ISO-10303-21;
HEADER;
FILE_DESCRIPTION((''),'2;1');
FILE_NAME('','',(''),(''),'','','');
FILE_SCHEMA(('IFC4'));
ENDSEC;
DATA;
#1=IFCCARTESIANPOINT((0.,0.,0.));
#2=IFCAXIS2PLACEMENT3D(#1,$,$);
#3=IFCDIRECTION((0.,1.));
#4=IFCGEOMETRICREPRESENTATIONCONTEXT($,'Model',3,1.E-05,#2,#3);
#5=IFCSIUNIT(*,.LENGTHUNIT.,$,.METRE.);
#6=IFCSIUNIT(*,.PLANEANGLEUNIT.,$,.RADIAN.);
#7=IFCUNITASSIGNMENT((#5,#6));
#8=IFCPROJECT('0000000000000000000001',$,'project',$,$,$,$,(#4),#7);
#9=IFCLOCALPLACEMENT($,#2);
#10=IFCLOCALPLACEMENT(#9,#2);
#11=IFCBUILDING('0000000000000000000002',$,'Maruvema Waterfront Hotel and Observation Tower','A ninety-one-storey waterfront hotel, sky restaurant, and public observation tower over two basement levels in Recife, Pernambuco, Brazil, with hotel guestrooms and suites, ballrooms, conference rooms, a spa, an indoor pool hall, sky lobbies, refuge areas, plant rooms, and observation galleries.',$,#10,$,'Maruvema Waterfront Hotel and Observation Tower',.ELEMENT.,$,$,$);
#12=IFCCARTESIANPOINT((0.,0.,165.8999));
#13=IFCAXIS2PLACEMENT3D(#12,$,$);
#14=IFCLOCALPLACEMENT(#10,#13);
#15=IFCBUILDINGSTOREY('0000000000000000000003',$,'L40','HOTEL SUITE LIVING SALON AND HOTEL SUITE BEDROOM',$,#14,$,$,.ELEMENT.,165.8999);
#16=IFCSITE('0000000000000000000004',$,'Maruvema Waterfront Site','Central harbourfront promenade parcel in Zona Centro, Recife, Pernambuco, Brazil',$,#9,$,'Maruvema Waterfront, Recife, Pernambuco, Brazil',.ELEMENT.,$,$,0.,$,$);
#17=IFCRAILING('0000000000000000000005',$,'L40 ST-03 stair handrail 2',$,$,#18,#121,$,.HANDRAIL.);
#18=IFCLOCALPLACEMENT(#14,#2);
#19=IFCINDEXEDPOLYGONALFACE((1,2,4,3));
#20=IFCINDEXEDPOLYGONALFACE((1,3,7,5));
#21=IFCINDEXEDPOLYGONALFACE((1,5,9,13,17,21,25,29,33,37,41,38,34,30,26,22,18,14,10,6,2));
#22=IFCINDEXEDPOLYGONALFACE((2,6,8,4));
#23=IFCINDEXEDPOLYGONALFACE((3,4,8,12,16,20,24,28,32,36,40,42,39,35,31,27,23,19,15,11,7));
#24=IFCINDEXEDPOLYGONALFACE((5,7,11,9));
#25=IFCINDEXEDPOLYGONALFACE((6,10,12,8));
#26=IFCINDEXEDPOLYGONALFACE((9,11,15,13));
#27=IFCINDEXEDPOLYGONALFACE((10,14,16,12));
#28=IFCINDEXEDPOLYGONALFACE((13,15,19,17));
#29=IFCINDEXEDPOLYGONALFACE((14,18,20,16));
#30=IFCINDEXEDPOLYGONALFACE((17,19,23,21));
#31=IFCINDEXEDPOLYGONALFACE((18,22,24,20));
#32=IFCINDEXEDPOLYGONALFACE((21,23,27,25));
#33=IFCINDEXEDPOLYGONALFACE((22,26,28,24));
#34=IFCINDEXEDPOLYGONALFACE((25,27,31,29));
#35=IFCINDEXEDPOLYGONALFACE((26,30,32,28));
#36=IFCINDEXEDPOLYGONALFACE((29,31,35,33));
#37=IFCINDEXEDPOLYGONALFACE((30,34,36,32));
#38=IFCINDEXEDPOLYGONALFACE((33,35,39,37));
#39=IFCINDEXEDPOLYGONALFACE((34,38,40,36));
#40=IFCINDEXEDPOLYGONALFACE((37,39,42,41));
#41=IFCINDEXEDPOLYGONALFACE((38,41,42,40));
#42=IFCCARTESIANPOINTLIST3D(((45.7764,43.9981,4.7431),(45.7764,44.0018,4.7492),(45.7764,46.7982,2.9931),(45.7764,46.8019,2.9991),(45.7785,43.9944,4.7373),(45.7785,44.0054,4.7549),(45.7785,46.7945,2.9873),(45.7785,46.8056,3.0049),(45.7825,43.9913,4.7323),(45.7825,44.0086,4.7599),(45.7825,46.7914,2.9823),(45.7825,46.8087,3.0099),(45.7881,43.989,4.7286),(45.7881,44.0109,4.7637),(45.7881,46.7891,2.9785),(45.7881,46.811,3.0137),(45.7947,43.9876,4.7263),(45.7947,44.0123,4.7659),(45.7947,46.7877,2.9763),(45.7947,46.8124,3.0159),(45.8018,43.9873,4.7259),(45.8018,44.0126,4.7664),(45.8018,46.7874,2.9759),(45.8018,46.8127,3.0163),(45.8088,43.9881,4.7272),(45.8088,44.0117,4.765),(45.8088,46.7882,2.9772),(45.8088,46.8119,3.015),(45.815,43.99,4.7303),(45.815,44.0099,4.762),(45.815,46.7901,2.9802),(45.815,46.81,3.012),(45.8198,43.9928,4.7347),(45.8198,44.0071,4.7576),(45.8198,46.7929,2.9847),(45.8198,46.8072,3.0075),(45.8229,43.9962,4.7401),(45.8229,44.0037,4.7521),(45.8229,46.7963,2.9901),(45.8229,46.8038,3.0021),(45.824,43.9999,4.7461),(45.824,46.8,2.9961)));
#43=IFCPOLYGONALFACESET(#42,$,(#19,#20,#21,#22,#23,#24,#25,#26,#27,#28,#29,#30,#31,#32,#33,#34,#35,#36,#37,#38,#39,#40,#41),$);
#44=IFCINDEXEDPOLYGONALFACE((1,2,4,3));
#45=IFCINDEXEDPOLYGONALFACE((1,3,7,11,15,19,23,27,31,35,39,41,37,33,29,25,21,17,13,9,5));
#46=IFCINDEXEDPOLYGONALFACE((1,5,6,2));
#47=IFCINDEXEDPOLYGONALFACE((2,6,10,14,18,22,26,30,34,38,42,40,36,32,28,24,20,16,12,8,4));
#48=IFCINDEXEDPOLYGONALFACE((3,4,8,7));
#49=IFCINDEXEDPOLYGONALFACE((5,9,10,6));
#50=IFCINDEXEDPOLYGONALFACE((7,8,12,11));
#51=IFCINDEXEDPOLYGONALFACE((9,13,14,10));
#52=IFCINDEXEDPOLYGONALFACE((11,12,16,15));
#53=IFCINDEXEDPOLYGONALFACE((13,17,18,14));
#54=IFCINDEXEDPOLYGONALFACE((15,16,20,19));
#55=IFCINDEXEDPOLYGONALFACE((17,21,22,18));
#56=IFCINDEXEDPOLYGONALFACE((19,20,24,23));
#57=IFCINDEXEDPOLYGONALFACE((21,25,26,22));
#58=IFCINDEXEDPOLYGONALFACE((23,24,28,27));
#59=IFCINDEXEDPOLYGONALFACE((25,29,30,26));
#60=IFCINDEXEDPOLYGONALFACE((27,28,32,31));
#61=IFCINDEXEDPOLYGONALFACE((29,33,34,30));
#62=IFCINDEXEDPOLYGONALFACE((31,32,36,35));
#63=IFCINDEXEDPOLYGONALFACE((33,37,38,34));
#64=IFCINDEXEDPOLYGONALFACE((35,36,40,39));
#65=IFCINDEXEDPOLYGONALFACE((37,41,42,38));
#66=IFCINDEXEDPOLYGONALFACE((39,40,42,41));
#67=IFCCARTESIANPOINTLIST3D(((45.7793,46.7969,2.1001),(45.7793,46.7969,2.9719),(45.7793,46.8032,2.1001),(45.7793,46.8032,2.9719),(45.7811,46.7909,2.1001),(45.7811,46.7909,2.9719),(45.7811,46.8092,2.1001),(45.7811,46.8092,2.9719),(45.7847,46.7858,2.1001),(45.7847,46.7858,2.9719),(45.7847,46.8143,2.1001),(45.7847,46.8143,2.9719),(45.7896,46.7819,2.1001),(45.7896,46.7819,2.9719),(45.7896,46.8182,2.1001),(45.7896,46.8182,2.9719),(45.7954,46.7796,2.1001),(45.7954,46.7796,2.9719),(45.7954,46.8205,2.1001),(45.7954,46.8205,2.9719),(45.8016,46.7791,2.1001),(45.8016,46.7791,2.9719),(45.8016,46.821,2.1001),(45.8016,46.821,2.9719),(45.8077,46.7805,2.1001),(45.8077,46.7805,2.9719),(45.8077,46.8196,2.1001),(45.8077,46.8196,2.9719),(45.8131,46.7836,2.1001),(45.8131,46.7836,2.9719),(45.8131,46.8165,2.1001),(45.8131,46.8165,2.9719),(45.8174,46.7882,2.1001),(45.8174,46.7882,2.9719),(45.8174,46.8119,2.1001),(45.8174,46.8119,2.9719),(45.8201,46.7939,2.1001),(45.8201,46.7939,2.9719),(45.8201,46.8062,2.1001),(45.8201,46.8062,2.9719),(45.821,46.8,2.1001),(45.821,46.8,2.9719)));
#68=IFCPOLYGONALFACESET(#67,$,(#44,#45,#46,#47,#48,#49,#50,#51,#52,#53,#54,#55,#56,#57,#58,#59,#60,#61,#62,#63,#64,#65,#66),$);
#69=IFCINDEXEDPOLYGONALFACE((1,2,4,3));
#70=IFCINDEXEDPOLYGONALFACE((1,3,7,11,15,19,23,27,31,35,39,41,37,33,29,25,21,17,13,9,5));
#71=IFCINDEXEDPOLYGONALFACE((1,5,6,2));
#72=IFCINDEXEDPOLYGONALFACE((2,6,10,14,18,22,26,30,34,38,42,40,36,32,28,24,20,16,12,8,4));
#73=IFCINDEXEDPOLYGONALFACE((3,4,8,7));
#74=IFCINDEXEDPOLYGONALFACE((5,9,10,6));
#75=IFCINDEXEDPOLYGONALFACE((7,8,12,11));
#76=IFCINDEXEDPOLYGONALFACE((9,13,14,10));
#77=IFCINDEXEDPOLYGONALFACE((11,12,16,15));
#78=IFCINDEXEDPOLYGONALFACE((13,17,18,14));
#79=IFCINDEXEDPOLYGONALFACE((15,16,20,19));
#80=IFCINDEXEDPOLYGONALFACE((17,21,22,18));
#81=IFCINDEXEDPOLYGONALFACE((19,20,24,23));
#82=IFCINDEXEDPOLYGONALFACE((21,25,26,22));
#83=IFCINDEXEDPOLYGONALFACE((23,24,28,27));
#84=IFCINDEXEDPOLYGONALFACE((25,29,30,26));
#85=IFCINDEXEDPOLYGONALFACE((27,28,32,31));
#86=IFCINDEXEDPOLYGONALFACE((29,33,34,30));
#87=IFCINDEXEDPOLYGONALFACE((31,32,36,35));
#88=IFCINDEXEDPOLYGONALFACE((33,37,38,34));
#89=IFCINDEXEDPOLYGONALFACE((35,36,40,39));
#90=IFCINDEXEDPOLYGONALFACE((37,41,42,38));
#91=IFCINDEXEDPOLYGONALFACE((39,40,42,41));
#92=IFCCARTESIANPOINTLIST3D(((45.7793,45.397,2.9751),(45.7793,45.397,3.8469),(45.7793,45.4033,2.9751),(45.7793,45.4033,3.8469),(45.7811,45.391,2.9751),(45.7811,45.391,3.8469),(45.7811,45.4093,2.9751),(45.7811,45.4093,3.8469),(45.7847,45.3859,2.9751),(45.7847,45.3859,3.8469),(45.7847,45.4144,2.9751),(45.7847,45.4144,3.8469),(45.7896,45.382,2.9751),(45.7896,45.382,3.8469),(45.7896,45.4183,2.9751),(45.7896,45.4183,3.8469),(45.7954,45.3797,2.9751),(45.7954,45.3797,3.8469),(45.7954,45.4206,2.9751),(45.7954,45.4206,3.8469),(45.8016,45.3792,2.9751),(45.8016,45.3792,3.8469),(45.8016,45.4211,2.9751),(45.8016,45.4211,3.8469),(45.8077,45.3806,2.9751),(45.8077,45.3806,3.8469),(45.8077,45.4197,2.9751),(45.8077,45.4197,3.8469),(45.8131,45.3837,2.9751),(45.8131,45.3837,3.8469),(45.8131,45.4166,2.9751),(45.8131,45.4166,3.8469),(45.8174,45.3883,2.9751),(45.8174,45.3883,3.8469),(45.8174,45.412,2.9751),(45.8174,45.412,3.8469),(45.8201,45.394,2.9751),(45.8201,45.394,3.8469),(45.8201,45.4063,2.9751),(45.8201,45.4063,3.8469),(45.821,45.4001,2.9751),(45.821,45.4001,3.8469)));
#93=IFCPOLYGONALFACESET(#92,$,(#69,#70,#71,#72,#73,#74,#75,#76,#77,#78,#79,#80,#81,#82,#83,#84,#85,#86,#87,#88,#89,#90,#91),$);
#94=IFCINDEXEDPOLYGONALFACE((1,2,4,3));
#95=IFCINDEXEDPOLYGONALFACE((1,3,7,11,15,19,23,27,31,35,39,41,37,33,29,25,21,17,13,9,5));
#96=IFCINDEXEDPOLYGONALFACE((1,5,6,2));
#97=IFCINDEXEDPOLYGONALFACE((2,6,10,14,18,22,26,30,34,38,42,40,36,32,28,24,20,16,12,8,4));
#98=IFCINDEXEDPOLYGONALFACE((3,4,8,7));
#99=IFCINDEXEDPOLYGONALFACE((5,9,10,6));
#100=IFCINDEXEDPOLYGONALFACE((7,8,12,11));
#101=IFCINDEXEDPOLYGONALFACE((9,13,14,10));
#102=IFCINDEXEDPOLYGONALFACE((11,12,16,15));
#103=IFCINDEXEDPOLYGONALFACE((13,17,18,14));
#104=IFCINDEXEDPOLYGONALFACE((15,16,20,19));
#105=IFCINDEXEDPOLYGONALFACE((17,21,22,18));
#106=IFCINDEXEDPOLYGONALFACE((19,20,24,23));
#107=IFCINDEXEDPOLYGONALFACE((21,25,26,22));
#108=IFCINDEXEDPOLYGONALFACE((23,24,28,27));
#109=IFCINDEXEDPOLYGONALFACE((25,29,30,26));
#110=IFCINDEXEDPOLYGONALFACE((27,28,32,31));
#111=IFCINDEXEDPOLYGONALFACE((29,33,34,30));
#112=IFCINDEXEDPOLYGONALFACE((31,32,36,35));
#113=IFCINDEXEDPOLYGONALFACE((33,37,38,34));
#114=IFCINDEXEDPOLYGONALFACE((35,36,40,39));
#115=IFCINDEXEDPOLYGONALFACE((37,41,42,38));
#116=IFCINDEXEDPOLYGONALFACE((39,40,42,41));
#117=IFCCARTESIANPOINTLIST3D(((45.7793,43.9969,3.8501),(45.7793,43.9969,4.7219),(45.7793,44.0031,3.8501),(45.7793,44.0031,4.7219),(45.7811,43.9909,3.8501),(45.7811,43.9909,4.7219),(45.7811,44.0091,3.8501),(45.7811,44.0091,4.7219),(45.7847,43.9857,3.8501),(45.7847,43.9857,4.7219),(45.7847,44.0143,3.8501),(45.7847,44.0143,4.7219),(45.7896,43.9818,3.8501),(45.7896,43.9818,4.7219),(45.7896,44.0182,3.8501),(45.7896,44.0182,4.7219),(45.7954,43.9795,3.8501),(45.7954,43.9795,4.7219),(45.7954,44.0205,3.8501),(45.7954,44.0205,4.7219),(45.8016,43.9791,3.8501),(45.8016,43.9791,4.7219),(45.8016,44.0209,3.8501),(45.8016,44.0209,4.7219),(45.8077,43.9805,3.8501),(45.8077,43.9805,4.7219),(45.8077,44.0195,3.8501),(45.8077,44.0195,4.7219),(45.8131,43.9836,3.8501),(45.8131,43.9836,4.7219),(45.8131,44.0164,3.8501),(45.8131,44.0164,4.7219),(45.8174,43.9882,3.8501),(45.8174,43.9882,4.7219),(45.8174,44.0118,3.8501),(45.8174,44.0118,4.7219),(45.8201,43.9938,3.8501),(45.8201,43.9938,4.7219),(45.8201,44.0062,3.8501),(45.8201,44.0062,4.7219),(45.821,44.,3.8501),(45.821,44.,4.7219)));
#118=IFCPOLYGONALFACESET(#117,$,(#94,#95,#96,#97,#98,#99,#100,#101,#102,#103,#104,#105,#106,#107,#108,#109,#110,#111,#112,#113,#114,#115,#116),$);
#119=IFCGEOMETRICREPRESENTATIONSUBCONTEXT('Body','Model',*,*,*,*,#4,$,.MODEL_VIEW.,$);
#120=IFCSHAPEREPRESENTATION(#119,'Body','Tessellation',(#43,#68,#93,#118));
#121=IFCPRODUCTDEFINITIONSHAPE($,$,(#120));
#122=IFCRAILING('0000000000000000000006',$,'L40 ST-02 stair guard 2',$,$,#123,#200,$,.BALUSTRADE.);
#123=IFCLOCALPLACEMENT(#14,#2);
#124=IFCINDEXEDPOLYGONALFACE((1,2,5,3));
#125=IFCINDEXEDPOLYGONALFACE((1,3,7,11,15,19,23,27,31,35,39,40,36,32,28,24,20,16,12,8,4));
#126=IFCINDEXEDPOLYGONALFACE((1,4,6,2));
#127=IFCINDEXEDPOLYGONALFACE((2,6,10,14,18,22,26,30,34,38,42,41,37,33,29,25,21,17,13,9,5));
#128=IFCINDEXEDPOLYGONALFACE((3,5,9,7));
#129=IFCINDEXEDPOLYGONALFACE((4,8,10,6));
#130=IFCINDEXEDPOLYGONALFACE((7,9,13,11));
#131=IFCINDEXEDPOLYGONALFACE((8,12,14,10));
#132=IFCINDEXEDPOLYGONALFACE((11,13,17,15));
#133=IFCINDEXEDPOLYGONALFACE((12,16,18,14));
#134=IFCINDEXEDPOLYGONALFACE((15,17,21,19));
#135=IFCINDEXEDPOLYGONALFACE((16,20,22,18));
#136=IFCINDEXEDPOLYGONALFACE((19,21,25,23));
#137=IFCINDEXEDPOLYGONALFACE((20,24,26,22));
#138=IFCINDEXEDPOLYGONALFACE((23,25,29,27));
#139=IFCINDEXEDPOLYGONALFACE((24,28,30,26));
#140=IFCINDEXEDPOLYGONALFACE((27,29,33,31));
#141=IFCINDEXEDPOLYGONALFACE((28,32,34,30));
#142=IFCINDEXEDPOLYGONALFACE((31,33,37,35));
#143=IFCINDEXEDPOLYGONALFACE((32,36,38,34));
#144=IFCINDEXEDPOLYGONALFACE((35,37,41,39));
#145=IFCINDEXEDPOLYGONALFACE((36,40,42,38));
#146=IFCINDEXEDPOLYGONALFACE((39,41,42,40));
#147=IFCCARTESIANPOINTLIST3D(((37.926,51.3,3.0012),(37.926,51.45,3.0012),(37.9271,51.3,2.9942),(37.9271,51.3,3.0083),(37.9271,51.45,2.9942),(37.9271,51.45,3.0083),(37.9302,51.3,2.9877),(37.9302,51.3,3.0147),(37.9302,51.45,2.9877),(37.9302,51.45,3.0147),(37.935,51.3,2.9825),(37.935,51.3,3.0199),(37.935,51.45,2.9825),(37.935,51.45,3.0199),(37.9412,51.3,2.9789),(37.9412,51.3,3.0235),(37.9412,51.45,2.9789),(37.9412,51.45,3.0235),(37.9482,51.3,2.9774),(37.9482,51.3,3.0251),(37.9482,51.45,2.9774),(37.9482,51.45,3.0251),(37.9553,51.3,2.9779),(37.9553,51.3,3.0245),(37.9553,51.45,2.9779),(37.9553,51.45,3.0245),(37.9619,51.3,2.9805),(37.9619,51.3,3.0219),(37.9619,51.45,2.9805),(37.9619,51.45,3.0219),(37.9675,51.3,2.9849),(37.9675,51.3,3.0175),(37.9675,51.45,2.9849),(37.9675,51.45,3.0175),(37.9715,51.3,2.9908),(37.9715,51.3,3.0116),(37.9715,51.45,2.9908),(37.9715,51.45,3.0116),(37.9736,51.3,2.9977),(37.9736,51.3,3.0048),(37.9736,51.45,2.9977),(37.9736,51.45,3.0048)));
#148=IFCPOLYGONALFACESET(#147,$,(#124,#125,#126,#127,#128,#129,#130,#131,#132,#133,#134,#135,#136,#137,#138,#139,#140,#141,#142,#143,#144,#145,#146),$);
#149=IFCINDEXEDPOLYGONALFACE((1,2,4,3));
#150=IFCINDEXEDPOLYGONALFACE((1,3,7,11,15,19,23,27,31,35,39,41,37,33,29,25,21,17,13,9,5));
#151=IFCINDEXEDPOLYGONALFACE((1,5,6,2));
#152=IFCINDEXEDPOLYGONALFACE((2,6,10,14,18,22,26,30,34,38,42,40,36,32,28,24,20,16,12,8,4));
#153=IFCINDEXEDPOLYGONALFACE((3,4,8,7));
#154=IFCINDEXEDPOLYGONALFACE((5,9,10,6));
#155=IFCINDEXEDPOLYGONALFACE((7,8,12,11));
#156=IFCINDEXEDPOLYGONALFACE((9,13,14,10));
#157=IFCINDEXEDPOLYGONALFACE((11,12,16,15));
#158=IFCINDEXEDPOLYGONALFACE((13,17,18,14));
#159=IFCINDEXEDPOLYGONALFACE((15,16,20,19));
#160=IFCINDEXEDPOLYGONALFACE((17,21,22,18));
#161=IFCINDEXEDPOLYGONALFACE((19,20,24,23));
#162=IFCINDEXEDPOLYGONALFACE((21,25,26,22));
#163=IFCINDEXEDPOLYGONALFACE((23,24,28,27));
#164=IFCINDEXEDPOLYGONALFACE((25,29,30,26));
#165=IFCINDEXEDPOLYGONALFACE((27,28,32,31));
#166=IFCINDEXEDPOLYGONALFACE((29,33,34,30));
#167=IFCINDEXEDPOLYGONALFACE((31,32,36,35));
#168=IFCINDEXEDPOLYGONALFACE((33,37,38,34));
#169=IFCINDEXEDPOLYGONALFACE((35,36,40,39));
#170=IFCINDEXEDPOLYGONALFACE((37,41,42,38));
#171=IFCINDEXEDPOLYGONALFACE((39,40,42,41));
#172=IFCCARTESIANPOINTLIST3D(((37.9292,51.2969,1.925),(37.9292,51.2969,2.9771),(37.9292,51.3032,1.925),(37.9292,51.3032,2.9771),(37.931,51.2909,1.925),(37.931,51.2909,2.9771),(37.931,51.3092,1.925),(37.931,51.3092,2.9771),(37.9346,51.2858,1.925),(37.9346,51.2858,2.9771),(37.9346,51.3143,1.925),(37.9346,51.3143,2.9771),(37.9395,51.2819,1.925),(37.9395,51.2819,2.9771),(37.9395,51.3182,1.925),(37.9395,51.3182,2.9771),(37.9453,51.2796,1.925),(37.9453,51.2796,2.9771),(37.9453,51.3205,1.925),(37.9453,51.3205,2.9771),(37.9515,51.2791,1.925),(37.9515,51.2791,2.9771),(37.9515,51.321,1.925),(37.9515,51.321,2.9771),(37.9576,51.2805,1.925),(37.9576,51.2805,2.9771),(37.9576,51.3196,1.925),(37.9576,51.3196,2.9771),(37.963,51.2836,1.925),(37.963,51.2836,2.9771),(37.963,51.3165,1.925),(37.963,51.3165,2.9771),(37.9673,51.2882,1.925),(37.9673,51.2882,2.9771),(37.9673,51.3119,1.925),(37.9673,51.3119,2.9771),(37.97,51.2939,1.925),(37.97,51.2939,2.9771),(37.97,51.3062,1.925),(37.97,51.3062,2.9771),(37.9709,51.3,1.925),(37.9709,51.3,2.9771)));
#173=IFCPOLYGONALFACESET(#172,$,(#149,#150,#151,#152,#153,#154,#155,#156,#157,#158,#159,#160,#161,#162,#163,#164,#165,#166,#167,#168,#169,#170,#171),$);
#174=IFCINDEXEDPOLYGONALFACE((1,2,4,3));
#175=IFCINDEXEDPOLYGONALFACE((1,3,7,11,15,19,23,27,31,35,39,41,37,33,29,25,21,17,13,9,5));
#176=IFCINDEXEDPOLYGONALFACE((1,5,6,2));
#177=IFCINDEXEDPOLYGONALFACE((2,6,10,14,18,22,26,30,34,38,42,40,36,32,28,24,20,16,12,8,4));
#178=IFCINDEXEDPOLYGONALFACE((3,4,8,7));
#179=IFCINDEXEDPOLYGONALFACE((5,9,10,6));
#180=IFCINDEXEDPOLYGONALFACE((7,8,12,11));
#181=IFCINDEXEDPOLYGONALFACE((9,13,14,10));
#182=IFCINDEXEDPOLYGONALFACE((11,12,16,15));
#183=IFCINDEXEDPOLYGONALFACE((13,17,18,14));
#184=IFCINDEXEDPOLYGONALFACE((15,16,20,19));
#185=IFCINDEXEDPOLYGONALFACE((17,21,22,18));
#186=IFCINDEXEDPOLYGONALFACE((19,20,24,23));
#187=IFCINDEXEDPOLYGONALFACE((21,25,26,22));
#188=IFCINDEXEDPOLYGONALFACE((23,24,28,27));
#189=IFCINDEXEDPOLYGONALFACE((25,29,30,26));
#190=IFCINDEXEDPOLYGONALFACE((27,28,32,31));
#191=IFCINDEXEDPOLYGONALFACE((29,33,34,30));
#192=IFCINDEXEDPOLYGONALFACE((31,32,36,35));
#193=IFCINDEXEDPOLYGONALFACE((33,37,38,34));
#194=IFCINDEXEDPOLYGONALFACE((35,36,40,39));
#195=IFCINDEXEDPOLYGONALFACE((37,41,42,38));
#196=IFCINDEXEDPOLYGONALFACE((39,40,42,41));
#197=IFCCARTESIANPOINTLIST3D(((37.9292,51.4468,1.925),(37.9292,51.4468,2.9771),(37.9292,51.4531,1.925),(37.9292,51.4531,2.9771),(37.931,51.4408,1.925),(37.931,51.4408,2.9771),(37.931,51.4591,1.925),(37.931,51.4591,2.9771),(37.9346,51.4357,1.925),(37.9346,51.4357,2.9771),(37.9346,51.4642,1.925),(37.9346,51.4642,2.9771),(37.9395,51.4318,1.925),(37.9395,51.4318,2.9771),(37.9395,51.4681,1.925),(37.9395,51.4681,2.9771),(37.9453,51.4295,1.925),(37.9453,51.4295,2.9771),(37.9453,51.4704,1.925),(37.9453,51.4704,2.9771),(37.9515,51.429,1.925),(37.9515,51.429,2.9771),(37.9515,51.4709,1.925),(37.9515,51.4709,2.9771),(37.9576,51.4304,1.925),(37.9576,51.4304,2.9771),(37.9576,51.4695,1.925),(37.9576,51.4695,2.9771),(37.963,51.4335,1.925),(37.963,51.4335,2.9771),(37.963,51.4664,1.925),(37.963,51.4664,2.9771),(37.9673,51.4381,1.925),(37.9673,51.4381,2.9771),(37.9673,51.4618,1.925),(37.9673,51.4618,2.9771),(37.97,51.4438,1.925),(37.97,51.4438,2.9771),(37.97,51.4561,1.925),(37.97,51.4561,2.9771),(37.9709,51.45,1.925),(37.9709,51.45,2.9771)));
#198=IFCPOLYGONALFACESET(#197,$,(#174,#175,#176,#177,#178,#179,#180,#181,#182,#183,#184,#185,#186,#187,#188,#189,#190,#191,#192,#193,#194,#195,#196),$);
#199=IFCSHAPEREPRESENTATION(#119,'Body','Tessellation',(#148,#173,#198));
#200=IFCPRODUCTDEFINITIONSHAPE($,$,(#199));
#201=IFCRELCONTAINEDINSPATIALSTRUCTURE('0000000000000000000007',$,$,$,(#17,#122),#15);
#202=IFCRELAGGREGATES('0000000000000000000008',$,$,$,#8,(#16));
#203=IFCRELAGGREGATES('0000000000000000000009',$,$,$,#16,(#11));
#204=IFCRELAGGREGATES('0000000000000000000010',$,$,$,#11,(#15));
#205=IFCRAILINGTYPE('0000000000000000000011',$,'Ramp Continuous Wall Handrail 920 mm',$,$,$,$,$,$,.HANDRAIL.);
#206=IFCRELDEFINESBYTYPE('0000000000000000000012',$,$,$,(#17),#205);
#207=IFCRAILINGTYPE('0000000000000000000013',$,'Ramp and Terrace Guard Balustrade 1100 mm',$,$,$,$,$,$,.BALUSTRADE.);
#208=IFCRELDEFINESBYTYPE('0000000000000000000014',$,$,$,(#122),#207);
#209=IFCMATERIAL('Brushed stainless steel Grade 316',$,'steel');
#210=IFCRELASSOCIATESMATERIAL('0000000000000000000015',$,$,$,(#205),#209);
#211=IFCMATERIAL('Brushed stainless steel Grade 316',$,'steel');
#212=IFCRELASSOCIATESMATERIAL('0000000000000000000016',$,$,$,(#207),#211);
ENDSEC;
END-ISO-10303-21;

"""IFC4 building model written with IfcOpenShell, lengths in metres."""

from ifc_helpers import new_model, si_unit, direction, frame, origin, origin_2d, place, context, subcontext, project, spatial, circle, extrude, material, type_object, element, save


model = new_model("IFC4")

# Units and contexts
model_context = context("Model", 3, precision=1e-05, world=origin(), true_north=direction((0.0, 1.0)))
body_context = subcontext(model_context, "Body", "Model", "MODEL_VIEW")
ifc_project = project(units=[si_unit("LENGTHUNIT", "METRE"), si_unit("PLANEANGLEUNIT", "RADIAN")], contexts=[model_context])

# Site, building, storey
site_placement = place(None, origin())
site = spatial("IfcSite", under=ifc_project, at=site_placement, Name="Maruvema Waterfront Site", Description="Central harbourfront promenade parcel in Zona Centro, Recife, Pernambuco, Brazil", LongName="Maruvema Waterfront, Recife, Pernambuco, Brazil", CompositionType="ELEMENT", RefElevation=0.0)
building_placement = place(site_placement, origin())
building = spatial("IfcBuilding", under=site, at=building_placement, Name="Maruvema Waterfront Hotel and Observation Tower", Description="A ninety-one-storey waterfront hotel, sky restaurant, and public observation tower over two basement levels in Recife, Pernambuco, Brazil, with hotel guestrooms and suites, ballrooms, conference rooms, a spa, an indoor pool hall, sky lobbies, refuge areas, plant rooms, and observation galleries.", LongName="Maruvema Waterfront Hotel and Observation Tower", CompositionType="ELEMENT")
storey_placement = place(building_placement, frame((0.0, 0.0, 165.8999)))
storey = spatial("IfcBuildingStorey", under=building, at=storey_placement, Name="L40", Description="HOTEL SUITE LIVING SALON AND HOTEL SUITE BEDROOM", CompositionType="ELEMENT", Elevation=165.8999)

# Railings
ifc_material_1 = material(Name="Brushed stainless steel Grade 316", Category="steel")
railing_type_1 = type_object("IfcRailingType", Name="Ramp Continuous Wall Handrail 920 mm", PredefinedType="HANDRAIL", material=ifc_material_1)
railing_1_placement = place(storey_placement, frame((45.8, 46.8, 2.1001)))
element("IfcRailing", 1, at=railing_1_placement, inside=storey, type_object=railing_type_1, Name="L40 ST-03 stair handrail 2", PredefinedType="HANDRAIL", context=body_context, shape_type="SweptSolid", body=[
    extrude(circle(Radius=0.0239, at=origin_2d()), frame((0.0, 0.0, 0.896), z_axis=(0.0, -0.848002, 0.529992), x_axis=(1.0, 0.0, 0.0)), (0.0, 0.0, 1.0), 3.302),
    extrude(circle(Radius=0.021, at=origin_2d()), origin(), (0.0, 0.0, 1.0), 0.8718),
    extrude(circle(Radius=0.021, at=origin_2d()), frame((0.0, -1.3999, 0.875)), (0.0, 0.0, 1.0), 0.8718),
    extrude(circle(Radius=0.021, at=origin_2d()), frame((0.0, -2.8, 1.75)), (0.0, 0.0, 1.0), 0.8718),
])
ifc_material_2 = material(Name="Brushed stainless steel Grade 316", Category="steel")
railing_type_2 = type_object("IfcRailingType", Name="Ramp and Terrace Guard Balustrade 1100 mm", PredefinedType="BALUSTRADE", material=ifc_material_2)
railing_2_placement = place(storey_placement, frame((37.95, 51.3, 1.925)))
element("IfcRailing", 2, at=railing_2_placement, inside=storey, type_object=railing_type_2, Name="L40 ST-02 stair guard 2", PredefinedType="BALUSTRADE", context=body_context, shape_type="SweptSolid", body=[
    extrude(circle(Radius=0.0239, at=origin_2d()), frame((0.0, 0.0, 1.0762), z_axis=(0.0, 1.0, 0.0), x_axis=(-1.0, 0.0, 0.0)), (0.0, 0.0, 1.0), 0.1499),
    extrude(circle(Radius=0.021, at=origin_2d()), origin(), (0.0, 0.0, 1.0), 1.052),
    extrude(circle(Radius=0.021, at=origin_2d()), frame((0.0, 0.1499, 0.0)), (0.0, 0.0, 1.0), 1.052),
])

save(model, "model.ifc")
